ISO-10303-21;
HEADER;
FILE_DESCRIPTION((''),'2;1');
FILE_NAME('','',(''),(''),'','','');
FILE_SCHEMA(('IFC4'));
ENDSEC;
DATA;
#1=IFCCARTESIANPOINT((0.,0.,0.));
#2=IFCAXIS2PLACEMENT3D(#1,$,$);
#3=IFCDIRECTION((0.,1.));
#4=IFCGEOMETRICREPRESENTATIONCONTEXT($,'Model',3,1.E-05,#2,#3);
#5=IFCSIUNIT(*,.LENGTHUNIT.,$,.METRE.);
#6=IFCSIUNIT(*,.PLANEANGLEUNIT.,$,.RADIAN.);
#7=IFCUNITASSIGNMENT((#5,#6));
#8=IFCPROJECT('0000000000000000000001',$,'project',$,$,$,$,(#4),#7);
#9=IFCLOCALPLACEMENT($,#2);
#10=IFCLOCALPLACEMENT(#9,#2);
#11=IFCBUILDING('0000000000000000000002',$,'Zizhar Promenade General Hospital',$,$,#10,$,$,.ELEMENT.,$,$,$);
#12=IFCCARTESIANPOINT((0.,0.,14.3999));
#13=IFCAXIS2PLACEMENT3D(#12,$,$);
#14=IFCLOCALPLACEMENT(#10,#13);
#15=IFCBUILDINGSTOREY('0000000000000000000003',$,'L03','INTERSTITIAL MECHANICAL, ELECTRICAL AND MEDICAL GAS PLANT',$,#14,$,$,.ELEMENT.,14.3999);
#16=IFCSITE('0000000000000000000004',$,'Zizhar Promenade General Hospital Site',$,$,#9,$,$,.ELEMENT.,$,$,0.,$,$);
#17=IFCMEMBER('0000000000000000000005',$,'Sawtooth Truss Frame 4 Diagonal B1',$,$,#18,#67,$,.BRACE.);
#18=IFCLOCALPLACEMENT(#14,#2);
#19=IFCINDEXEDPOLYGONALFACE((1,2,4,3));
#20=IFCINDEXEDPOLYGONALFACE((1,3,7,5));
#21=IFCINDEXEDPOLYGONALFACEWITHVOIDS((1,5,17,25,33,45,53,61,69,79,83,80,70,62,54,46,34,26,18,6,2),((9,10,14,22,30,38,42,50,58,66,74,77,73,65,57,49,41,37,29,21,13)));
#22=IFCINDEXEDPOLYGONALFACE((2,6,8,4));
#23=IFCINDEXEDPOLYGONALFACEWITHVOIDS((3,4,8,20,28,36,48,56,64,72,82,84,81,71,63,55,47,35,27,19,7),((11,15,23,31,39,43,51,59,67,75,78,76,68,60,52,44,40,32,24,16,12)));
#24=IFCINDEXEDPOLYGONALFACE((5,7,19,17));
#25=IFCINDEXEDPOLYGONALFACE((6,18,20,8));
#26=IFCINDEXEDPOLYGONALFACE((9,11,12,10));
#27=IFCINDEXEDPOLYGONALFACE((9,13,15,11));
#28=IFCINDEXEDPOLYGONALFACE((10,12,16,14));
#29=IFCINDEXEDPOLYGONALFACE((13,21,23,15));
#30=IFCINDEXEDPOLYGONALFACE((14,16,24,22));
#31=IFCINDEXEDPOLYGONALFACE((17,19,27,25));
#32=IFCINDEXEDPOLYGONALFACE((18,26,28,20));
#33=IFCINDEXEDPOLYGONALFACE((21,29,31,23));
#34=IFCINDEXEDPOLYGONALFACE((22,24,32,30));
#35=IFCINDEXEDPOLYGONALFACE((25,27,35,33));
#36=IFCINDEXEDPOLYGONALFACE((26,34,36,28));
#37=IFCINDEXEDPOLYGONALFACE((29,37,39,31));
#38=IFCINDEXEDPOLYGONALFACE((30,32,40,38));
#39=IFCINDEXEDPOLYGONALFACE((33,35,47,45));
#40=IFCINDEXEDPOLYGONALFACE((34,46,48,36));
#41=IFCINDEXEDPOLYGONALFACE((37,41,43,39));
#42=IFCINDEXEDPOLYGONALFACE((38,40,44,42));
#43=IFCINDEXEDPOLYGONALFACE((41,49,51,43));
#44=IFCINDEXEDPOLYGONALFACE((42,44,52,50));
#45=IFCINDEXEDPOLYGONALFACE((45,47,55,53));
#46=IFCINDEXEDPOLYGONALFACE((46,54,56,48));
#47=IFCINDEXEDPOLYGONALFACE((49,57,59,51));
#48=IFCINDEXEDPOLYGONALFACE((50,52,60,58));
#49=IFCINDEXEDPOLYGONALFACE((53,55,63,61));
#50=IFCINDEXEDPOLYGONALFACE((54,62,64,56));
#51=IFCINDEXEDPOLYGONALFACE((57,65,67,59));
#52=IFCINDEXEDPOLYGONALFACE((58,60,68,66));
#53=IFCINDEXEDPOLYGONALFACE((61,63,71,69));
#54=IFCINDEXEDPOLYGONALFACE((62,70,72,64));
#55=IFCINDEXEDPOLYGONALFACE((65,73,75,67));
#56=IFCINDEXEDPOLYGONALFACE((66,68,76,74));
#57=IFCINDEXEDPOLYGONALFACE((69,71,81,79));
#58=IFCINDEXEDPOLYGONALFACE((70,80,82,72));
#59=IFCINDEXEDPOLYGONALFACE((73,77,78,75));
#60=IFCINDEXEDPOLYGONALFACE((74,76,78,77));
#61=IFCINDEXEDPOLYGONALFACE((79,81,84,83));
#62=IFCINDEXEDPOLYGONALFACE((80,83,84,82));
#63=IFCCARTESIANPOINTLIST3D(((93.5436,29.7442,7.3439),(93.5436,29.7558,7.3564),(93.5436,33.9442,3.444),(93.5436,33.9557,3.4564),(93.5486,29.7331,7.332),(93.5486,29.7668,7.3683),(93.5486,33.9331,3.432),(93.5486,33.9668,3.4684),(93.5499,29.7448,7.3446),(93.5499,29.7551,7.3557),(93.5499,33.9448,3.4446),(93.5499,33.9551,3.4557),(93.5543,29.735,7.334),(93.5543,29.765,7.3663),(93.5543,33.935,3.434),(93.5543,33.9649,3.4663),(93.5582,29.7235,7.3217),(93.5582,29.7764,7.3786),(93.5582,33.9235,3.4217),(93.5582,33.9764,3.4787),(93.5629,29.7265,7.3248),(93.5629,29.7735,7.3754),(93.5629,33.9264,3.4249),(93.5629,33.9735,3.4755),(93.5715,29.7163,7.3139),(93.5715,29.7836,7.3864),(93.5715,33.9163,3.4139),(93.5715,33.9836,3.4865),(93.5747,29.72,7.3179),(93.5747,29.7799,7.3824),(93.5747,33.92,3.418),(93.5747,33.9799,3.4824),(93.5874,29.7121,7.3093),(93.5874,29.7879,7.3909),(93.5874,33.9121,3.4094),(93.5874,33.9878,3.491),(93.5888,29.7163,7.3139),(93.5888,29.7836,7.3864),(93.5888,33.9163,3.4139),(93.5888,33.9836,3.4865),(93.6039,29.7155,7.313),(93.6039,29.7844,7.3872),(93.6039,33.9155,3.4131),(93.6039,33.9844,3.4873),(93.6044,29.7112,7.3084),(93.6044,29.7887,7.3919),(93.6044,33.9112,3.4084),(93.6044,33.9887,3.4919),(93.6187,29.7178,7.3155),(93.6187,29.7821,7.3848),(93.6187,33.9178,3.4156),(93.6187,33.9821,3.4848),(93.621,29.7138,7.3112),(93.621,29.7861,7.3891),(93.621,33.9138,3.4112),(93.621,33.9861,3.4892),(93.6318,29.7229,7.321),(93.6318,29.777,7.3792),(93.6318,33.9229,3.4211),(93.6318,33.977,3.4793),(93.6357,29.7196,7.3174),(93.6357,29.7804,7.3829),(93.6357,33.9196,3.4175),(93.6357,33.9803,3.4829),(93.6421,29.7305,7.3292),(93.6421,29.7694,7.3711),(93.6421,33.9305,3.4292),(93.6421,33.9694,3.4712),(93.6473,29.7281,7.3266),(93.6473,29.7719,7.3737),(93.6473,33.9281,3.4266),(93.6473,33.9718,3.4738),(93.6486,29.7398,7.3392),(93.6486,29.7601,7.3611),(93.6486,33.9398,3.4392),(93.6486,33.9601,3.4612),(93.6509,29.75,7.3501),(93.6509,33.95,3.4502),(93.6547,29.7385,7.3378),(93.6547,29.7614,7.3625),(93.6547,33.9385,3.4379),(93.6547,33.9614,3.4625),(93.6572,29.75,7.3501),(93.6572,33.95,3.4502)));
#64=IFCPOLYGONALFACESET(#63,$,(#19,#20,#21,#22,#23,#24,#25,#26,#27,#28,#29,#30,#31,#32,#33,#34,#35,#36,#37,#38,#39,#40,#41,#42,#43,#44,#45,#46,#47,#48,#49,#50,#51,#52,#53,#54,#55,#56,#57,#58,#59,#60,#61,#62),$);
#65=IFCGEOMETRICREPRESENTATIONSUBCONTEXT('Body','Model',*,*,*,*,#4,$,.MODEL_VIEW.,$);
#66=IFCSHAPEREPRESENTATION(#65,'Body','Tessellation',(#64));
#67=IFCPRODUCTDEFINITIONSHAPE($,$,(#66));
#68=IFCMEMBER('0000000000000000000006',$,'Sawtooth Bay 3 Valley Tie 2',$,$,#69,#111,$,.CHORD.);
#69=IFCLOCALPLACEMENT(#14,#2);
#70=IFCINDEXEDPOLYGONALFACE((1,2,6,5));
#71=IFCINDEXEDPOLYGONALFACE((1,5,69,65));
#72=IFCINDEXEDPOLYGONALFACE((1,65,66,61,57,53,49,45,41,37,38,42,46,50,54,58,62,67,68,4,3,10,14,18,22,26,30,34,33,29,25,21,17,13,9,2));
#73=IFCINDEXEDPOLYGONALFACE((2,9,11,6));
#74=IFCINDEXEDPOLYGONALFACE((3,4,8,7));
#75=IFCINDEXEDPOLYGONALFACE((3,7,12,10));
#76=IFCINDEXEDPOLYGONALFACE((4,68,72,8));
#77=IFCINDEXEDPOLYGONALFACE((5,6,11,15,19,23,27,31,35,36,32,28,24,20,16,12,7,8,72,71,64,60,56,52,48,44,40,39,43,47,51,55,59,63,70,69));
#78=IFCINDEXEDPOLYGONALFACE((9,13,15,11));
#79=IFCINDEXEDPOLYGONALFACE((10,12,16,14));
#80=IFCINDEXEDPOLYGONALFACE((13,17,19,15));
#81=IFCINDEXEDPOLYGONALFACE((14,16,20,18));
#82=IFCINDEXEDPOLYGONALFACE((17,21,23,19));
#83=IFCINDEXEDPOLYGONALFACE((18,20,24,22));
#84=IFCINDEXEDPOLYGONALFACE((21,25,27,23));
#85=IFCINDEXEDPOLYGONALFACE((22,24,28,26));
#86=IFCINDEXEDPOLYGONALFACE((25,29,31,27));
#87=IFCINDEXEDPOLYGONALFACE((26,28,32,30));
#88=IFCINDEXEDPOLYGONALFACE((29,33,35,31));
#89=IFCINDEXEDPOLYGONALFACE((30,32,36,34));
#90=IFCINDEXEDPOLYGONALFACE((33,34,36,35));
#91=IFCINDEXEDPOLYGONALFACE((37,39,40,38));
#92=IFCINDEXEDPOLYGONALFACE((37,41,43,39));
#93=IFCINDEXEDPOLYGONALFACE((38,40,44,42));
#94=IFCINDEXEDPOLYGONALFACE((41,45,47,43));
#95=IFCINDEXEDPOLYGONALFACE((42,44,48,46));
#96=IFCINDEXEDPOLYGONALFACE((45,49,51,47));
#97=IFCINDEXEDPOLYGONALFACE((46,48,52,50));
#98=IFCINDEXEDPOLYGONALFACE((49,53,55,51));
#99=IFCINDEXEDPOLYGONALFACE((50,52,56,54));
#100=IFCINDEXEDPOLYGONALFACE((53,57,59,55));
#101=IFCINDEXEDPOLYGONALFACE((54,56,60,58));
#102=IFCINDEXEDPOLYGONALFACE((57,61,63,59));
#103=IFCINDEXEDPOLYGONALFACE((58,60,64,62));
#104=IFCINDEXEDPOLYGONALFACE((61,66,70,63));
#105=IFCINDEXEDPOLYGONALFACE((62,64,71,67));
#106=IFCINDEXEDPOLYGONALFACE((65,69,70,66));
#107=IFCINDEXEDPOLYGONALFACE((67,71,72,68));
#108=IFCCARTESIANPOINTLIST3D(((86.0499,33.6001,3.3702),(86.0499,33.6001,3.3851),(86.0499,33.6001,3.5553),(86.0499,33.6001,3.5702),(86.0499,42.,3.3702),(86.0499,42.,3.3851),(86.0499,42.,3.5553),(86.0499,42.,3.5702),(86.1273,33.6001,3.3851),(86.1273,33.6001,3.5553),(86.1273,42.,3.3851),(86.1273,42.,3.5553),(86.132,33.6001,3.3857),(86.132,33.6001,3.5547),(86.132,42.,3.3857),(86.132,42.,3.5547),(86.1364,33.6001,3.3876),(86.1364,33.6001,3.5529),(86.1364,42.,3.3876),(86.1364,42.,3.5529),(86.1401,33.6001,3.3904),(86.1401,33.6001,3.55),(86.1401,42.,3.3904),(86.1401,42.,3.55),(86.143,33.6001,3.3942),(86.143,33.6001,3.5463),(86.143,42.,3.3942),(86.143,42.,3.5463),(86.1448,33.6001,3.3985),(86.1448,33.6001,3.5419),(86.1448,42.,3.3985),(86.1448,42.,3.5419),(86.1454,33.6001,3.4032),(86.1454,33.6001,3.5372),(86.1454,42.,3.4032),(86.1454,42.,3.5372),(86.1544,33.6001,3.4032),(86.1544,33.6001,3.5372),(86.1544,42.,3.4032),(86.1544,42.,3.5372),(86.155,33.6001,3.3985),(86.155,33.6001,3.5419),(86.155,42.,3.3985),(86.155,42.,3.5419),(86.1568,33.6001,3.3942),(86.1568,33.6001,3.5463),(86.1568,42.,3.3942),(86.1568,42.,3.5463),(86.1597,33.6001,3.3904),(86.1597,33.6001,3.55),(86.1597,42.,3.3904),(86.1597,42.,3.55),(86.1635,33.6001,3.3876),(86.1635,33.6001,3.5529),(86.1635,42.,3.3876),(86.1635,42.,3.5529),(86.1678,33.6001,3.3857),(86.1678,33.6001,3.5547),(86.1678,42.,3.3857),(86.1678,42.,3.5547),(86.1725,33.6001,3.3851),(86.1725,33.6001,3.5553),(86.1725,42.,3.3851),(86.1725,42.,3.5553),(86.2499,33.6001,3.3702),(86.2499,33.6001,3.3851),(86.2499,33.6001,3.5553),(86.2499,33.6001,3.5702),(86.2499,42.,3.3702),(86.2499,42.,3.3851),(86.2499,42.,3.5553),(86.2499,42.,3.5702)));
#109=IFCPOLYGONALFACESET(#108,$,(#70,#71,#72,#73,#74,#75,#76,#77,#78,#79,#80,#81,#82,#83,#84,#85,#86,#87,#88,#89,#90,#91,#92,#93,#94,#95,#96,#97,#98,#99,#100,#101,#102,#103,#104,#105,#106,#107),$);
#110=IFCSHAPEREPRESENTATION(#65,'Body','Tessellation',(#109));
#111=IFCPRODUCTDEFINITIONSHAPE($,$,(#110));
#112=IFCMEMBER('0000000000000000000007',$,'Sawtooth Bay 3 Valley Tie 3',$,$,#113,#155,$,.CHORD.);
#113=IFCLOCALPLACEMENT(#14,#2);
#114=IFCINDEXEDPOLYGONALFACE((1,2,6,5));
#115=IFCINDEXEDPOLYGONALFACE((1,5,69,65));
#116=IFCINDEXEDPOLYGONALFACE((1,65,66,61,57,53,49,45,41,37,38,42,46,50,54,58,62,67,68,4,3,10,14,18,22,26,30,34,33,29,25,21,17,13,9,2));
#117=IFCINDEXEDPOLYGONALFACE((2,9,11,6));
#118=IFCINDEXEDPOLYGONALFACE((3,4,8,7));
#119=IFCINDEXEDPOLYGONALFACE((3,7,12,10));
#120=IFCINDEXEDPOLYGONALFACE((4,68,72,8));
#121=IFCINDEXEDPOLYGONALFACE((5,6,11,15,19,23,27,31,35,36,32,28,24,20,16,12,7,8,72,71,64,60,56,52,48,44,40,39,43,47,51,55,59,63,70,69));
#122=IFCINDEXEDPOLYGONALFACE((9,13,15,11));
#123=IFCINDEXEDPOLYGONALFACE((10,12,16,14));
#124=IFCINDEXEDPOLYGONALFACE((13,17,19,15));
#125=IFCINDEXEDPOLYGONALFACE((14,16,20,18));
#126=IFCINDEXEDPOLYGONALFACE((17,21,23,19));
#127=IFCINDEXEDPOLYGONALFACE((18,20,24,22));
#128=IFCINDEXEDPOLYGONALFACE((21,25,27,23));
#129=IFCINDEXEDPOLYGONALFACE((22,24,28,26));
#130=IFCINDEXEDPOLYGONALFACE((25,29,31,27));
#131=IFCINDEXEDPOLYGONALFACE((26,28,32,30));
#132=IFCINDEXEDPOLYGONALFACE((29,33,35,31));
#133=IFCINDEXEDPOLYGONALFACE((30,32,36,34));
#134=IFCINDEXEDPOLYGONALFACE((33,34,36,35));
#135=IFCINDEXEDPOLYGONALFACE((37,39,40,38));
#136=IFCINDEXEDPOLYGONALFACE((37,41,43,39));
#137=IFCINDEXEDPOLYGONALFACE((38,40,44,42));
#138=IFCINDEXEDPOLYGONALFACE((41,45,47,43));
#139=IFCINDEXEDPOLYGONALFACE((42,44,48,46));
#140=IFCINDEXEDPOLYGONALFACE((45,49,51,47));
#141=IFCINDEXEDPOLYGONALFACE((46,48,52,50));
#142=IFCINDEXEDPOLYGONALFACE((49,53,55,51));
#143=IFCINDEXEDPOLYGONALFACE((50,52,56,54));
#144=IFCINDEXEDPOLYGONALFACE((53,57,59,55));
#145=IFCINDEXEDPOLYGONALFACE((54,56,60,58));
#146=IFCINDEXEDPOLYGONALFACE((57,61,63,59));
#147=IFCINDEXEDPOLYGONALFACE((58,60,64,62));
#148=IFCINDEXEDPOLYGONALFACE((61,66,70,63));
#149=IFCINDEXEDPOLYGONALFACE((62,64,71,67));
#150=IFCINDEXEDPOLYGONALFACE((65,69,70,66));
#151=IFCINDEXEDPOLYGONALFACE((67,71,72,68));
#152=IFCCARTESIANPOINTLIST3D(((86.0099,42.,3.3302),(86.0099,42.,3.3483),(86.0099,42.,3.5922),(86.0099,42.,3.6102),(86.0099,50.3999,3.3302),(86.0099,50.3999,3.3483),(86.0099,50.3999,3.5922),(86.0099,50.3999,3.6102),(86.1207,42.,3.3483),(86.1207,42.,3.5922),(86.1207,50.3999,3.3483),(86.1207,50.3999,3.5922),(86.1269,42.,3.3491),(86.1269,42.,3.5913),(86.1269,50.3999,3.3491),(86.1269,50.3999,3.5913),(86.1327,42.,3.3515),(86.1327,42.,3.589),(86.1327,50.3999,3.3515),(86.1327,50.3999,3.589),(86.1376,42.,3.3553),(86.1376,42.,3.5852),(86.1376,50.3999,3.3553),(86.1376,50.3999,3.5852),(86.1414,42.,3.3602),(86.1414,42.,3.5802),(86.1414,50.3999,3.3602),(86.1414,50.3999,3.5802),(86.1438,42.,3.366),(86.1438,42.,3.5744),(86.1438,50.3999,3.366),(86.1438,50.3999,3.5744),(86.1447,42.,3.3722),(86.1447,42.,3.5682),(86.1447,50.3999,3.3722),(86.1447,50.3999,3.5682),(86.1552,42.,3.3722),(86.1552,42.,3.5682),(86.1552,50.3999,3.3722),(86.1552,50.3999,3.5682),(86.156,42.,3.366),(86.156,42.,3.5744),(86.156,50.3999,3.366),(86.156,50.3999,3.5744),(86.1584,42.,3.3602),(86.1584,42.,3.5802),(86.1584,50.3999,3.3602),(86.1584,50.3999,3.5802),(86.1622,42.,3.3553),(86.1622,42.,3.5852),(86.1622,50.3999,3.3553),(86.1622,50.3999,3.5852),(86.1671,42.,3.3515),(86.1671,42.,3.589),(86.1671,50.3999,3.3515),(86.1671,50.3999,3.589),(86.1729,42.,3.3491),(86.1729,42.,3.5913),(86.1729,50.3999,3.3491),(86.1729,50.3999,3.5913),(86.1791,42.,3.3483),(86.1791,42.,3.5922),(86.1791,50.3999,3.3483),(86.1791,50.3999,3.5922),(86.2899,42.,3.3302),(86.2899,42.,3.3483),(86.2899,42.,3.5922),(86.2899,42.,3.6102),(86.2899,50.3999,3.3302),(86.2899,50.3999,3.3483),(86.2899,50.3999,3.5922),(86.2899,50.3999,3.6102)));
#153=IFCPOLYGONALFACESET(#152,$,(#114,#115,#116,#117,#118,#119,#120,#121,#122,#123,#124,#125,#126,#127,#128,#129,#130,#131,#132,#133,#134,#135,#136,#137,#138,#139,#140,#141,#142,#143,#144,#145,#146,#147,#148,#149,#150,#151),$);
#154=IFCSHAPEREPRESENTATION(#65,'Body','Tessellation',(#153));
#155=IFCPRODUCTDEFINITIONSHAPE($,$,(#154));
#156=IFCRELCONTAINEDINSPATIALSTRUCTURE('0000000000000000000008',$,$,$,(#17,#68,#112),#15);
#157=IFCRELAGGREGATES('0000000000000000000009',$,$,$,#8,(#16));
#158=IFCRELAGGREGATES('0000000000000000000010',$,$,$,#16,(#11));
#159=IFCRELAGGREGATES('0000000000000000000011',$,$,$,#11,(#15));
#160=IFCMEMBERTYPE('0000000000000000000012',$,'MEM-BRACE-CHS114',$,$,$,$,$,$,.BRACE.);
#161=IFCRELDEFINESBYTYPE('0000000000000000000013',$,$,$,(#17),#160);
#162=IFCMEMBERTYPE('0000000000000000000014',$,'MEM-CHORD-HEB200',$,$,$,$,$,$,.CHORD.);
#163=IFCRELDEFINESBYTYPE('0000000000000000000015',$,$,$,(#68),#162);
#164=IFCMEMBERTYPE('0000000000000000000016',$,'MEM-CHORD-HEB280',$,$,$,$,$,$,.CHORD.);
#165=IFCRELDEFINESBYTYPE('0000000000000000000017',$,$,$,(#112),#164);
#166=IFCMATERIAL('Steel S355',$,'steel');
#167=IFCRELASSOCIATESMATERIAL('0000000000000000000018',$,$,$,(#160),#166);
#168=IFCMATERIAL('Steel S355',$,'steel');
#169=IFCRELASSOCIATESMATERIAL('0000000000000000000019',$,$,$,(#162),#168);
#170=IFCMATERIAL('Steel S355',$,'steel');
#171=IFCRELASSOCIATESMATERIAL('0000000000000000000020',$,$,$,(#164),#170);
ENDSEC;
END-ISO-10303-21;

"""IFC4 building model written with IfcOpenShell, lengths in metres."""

from ifc_helpers import new_model, si_unit, direction, frame, origin, origin_2d, place, context, subcontext, project, spatial, hollow_circle, i_section, extrude, material, material_profile, profile_set, type_object, element, save


model = new_model("IFC4")

# Units and contexts
model_context = context("Model", 3, precision=1e-05, world=origin(), true_north=direction((0.0, 1.0)))
body_context = subcontext(model_context, "Body", "Model", "MODEL_VIEW")
ifc_project = project(units=[si_unit("LENGTHUNIT", "METRE"), si_unit("PLANEANGLEUNIT", "RADIAN")], contexts=[model_context])

# Site, building, storey
site_placement = place(None, origin())
site = spatial("IfcSite", under=ifc_project, at=site_placement, Name="Zizhar Promenade General Hospital Site", CompositionType="ELEMENT", RefElevation=0.0)
building_placement = place(site_placement, origin())
building = spatial("IfcBuilding", under=site, at=building_placement, Name="Zizhar Promenade General Hospital", CompositionType="ELEMENT")
storey_placement = place(building_placement, frame((0.0, 0.0, 14.3999)))
storey = spatial("IfcBuildingStorey", under=building, at=storey_placement, Name="L03", Description="INTERSTITIAL MECHANICAL, ELECTRICAL AND MEDICAL GAS PLANT", CompositionType="ELEMENT", Elevation=14.3999)

# Members
ifc_material_1 = material(Name="Steel S355", Category="steel")
ifc_material_profile_1 = material_profile(ifc_material_1, hollow_circle(Radius=0.0571, WallThickness=0.0063, at=origin_2d()))
ifc_profile_set_1 = profile_set([ifc_material_profile_1], Name="Steel S355")
member_type_1 = type_object("IfcMemberType", Name="MEM-BRACE-CHS114", PredefinedType="BRACE", material=ifc_profile_set_1)
member_1_placement = place(storey_placement, frame((93.6001, 33.95, 3.4502), z_axis=(0.0, -0.732798, 0.680446), x_axis=(1.0, 0.0, 0.0)))
element("IfcMember", 1, at=member_1_placement, inside=storey, type_object=member_type_1, Name="Sawtooth Truss Frame 4 Diagonal B1", PredefinedType="BRACE", context=body_context, shape_type="SweptSolid", body=[
    extrude(hollow_circle(Radius=0.0571, WallThickness=0.0063, at=origin_2d()), origin(), (0.0, 0.0, 1.0), 5.7314),
])
ifc_material_2 = material(Name="Steel S355", Category="steel")
ifc_material_profile_2 = material_profile(ifc_material_2, i_section(OverallWidth=0.2, OverallDepth=0.2, WebThickness=0.009, FlangeThickness=0.0149, FilletRadius=0.0181, at=origin_2d()))
ifc_profile_set_2 = profile_set([ifc_material_profile_2], Name="Steel S355")
member_type_2 = type_object("IfcMemberType", Name="MEM-CHORD-HEB200", PredefinedType="CHORD", material=ifc_profile_set_2)
member_2_placement = place(storey_placement, frame((86.1499, 33.6001, 3.4702), z_axis=(0.0, 1.0, 0.0), x_axis=(-1.0, 0.0, 0.0)))
element("IfcMember", 2, at=member_2_placement, inside=storey, type_object=member_type_2, Name="Sawtooth Bay 3 Valley Tie 2", PredefinedType="CHORD", context=body_context, shape_type="SweptSolid", body=[
    extrude(i_section(OverallWidth=0.2, OverallDepth=0.2, WebThickness=0.009, FlangeThickness=0.0149, FilletRadius=0.0181, at=origin_2d()), origin(), (0.0, 0.0, 1.0), 8.3999),
])
ifc_material_3 = material(Name="Steel S355", Category="steel")
ifc_material_profile_3 = material_profile(ifc_material_3, i_section(OverallWidth=0.28, OverallDepth=0.28, WebThickness=0.0105, FlangeThickness=0.0181, FilletRadius=0.0239, at=origin_2d()))
ifc_profile_set_3 = profile_set([ifc_material_profile_3], Name="Steel S355")
member_type_3 = type_object("IfcMemberType", Name="MEM-CHORD-HEB280", PredefinedType="CHORD", material=ifc_profile_set_3)
member_3_placement = place(storey_placement, frame((86.1499, 42.0, 3.4702), z_axis=(0.0, 1.0, 0.0), x_axis=(-1.0, 0.0, 0.0)))
element("IfcMember", 3, at=member_3_placement, inside=storey, type_object=member_type_3, Name="Sawtooth Bay 3 Valley Tie 3", PredefinedType="CHORD", context=body_context, shape_type="SweptSolid", body=[
    extrude(i_section(OverallWidth=0.28, OverallDepth=0.28, WebThickness=0.0105, FlangeThickness=0.0181, FilletRadius=0.0239, at=origin_2d()), origin(), (0.0, 0.0, 1.0), 8.3999),
])

save(model, "model.ifc")
